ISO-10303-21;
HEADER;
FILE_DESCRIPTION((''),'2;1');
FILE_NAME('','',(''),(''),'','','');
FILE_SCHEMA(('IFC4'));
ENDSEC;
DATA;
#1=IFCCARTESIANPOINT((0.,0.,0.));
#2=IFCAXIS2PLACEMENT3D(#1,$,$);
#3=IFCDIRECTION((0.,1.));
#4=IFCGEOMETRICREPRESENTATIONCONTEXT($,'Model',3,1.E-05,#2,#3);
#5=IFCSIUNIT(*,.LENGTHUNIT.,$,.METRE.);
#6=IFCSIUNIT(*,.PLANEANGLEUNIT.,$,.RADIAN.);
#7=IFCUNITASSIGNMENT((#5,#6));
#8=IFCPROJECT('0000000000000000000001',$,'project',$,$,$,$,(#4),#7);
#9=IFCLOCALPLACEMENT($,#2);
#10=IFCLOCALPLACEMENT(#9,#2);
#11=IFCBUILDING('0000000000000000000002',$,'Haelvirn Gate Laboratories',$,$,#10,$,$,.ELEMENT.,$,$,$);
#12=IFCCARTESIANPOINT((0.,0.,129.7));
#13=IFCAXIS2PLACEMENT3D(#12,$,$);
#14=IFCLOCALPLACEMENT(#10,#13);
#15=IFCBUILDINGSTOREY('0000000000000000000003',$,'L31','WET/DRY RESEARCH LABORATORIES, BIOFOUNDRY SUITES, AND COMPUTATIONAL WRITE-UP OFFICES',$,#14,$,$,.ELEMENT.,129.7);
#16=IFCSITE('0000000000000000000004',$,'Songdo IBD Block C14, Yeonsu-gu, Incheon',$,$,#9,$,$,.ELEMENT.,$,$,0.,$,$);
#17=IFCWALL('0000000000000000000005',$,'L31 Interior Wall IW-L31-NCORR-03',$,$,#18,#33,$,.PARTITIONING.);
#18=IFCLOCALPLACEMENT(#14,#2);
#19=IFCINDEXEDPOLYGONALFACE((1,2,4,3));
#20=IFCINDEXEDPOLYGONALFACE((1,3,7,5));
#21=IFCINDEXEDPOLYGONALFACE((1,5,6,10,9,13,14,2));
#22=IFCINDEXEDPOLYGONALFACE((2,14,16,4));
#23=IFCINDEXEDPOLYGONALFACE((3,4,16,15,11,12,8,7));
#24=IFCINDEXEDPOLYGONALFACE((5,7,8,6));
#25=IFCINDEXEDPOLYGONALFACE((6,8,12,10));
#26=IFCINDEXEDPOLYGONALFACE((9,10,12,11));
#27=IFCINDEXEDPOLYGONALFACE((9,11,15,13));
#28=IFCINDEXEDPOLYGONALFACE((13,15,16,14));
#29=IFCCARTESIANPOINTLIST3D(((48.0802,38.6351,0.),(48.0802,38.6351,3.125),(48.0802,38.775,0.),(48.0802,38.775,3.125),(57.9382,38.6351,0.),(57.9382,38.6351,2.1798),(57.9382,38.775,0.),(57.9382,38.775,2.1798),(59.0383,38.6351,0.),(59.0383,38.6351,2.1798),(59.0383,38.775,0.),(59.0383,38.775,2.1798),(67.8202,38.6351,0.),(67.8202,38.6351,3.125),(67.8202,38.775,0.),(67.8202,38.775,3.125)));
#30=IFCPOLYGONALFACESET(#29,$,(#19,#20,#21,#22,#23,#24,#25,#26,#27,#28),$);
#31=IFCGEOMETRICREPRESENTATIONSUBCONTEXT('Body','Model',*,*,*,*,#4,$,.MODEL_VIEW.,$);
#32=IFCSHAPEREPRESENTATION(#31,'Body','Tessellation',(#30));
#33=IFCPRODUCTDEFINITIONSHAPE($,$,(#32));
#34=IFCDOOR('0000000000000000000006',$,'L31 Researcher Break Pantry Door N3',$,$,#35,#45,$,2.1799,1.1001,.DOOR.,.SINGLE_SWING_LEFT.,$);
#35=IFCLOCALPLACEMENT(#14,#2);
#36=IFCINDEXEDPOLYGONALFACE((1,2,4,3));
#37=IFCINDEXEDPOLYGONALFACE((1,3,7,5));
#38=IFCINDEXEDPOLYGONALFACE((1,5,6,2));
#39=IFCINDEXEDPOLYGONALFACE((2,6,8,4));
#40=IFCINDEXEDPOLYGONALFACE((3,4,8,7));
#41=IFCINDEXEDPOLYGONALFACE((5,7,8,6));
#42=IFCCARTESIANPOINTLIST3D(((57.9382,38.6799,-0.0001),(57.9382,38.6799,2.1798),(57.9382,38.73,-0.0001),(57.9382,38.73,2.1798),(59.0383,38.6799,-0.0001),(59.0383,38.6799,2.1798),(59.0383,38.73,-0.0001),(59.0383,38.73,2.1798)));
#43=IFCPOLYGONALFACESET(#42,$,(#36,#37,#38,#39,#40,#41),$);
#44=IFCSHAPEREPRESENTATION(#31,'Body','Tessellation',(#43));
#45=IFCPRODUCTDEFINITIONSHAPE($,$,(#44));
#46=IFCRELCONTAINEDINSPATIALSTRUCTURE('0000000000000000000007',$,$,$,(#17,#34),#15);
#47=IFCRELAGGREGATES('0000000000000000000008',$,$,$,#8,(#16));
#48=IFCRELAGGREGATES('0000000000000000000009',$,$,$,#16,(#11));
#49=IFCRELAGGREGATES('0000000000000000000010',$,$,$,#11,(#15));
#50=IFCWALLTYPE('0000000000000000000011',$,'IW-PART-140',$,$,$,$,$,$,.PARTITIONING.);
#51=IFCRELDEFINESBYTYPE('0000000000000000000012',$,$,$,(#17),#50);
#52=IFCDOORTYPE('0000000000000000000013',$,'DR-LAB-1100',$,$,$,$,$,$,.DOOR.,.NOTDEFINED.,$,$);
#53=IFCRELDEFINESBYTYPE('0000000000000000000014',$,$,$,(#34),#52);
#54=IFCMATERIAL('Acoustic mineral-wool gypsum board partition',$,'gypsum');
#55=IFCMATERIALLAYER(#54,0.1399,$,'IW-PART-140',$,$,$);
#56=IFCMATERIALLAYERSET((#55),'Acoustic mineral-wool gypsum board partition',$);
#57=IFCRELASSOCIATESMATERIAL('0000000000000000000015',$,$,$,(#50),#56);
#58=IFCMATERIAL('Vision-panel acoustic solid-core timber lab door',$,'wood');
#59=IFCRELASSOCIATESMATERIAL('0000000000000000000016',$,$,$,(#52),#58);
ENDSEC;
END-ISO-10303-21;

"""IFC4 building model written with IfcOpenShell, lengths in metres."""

from ifc_helpers import new_model, si_unit, direction, frame, frame_2d, origin, place, context, subcontext, project, spatial, rectangle, extrude, source, transform, mapped, material, layer, layer_set, type_object, type_shapes, element, fill, save


model = new_model("IFC4")

# Units and contexts
model_context = context("Model", 3, precision=1e-05, world=origin(), true_north=direction((0.0, 1.0)))
body_context = subcontext(model_context, "Body", "Model", "MODEL_VIEW")
ifc_project = project(units=[si_unit("LENGTHUNIT", "METRE"), si_unit("PLANEANGLEUNIT", "RADIAN")], contexts=[model_context])

# Site, building, storey
site_placement = place(None, origin())
site = spatial("IfcSite", under=ifc_project, at=site_placement, Name="Songdo IBD Block C14, Yeonsu-gu, Incheon", CompositionType="ELEMENT", RefElevation=0.0)
building_placement = place(site_placement, origin())
building = spatial("IfcBuilding", under=site, at=building_placement, Name="Haelvirn Gate Laboratories", CompositionType="ELEMENT")
storey_placement = place(building_placement, frame((0.0, 0.0, 129.7)))
storey = spatial("IfcBuildingStorey", under=building, at=storey_placement, Name="L31", Description="WET/DRY RESEARCH LABORATORIES, BIOFOUNDRY SUITES, AND COMPUTATIONAL WRITE-UP OFFICES", CompositionType="ELEMENT", Elevation=129.7)

# Wall, opening, door
ifc_material_1 = material(Name="Acoustic mineral-wool gypsum board partition", Category="gypsum")
ifc_layer_1 = layer(ifc_material_1, 0.1399, Name="IW-PART-140")
ifc_layer_set_1 = layer_set([ifc_layer_1], Name="Acoustic mineral-wool gypsum board partition")
wall_type_1 = type_object("IfcWallType", Name="IW-PART-140", PredefinedType="PARTITIONING", material=ifc_layer_set_1)
wall_1_placement = place(storey_placement, frame((48.0801, 38.7051, 0.0), z_axis=(0.0, 0.0, 1.0), x_axis=(1.0, 0.0, 0.0)))
wall_1 = element("IfcWall", 1, at=wall_1_placement, inside=storey, type_object=wall_type_1, Name="L31 Interior Wall IW-L31-NCORR-03", PredefinedType="PARTITIONING", context=body_context, shape_type="SweptSolid", body=[
    extrude(rectangle(XDim=19.74, YDim=0.1399, at=frame_2d((9.8701, 0.0))), origin(), (0.0, 0.0, 1.0), 3.125),
])
opening_placement = place(wall_1_placement, frame((9.8582, 0.0, 0.0)))
opening = element("IfcOpeningElement", 2, at=opening_placement, cuts=wall_1, PredefinedType="OPENING", context=body_context, shape_type="SweptSolid", body=[
    extrude(rectangle(XDim=1.1001, YDim=2.1799, at=frame_2d((0.55, 1.0898))), frame((0.0, 0.0801, 0.0), z_axis=(0.0, -1.0, 0.0), x_axis=(1.0, 0.0, 0.0)), (0.0, 0.0, 1.0), 0.1599),
])
ifc_material_2 = material(Name="Vision-panel acoustic solid-core timber lab door", Category="wood")
door_type = type_object("IfcDoorType", Name="DR-LAB-1100", OperationType="NOTDEFINED", PredefinedType="DOOR", material=ifc_material_2)
shared_shape_1 = source(origin(), body_context, "Body", "SweptSolid", [
    extrude(rectangle(XDim=1.1001, YDim=2.1799, at=frame_2d((0.55, 1.0898))), frame((0.0, 0.0249, 0.0), z_axis=(0.0, -1.0, 0.0), x_axis=(1.0, 0.0, 0.0)), (0.0, 0.0, 1.0), 0.05),
])
type_shapes(door_type, [shared_shape_1])
door_placement = place(opening_placement, origin())
door = element("IfcDoor", 3, at=door_placement, inside=storey, type_object=door_type, Name="L31 Researcher Break Pantry Door N3", OperationType="SINGLE_SWING_LEFT", OverallHeight=2.1799, OverallWidth=1.1001, PredefinedType="DOOR", context=body_context, shape_type="MappedRepresentation", body=[
    mapped(shared_shape_1, transform((0.0, 0.0, 0.0), scale=1.0)),
])
fill(opening, door)

save(model, "model.ifc")
